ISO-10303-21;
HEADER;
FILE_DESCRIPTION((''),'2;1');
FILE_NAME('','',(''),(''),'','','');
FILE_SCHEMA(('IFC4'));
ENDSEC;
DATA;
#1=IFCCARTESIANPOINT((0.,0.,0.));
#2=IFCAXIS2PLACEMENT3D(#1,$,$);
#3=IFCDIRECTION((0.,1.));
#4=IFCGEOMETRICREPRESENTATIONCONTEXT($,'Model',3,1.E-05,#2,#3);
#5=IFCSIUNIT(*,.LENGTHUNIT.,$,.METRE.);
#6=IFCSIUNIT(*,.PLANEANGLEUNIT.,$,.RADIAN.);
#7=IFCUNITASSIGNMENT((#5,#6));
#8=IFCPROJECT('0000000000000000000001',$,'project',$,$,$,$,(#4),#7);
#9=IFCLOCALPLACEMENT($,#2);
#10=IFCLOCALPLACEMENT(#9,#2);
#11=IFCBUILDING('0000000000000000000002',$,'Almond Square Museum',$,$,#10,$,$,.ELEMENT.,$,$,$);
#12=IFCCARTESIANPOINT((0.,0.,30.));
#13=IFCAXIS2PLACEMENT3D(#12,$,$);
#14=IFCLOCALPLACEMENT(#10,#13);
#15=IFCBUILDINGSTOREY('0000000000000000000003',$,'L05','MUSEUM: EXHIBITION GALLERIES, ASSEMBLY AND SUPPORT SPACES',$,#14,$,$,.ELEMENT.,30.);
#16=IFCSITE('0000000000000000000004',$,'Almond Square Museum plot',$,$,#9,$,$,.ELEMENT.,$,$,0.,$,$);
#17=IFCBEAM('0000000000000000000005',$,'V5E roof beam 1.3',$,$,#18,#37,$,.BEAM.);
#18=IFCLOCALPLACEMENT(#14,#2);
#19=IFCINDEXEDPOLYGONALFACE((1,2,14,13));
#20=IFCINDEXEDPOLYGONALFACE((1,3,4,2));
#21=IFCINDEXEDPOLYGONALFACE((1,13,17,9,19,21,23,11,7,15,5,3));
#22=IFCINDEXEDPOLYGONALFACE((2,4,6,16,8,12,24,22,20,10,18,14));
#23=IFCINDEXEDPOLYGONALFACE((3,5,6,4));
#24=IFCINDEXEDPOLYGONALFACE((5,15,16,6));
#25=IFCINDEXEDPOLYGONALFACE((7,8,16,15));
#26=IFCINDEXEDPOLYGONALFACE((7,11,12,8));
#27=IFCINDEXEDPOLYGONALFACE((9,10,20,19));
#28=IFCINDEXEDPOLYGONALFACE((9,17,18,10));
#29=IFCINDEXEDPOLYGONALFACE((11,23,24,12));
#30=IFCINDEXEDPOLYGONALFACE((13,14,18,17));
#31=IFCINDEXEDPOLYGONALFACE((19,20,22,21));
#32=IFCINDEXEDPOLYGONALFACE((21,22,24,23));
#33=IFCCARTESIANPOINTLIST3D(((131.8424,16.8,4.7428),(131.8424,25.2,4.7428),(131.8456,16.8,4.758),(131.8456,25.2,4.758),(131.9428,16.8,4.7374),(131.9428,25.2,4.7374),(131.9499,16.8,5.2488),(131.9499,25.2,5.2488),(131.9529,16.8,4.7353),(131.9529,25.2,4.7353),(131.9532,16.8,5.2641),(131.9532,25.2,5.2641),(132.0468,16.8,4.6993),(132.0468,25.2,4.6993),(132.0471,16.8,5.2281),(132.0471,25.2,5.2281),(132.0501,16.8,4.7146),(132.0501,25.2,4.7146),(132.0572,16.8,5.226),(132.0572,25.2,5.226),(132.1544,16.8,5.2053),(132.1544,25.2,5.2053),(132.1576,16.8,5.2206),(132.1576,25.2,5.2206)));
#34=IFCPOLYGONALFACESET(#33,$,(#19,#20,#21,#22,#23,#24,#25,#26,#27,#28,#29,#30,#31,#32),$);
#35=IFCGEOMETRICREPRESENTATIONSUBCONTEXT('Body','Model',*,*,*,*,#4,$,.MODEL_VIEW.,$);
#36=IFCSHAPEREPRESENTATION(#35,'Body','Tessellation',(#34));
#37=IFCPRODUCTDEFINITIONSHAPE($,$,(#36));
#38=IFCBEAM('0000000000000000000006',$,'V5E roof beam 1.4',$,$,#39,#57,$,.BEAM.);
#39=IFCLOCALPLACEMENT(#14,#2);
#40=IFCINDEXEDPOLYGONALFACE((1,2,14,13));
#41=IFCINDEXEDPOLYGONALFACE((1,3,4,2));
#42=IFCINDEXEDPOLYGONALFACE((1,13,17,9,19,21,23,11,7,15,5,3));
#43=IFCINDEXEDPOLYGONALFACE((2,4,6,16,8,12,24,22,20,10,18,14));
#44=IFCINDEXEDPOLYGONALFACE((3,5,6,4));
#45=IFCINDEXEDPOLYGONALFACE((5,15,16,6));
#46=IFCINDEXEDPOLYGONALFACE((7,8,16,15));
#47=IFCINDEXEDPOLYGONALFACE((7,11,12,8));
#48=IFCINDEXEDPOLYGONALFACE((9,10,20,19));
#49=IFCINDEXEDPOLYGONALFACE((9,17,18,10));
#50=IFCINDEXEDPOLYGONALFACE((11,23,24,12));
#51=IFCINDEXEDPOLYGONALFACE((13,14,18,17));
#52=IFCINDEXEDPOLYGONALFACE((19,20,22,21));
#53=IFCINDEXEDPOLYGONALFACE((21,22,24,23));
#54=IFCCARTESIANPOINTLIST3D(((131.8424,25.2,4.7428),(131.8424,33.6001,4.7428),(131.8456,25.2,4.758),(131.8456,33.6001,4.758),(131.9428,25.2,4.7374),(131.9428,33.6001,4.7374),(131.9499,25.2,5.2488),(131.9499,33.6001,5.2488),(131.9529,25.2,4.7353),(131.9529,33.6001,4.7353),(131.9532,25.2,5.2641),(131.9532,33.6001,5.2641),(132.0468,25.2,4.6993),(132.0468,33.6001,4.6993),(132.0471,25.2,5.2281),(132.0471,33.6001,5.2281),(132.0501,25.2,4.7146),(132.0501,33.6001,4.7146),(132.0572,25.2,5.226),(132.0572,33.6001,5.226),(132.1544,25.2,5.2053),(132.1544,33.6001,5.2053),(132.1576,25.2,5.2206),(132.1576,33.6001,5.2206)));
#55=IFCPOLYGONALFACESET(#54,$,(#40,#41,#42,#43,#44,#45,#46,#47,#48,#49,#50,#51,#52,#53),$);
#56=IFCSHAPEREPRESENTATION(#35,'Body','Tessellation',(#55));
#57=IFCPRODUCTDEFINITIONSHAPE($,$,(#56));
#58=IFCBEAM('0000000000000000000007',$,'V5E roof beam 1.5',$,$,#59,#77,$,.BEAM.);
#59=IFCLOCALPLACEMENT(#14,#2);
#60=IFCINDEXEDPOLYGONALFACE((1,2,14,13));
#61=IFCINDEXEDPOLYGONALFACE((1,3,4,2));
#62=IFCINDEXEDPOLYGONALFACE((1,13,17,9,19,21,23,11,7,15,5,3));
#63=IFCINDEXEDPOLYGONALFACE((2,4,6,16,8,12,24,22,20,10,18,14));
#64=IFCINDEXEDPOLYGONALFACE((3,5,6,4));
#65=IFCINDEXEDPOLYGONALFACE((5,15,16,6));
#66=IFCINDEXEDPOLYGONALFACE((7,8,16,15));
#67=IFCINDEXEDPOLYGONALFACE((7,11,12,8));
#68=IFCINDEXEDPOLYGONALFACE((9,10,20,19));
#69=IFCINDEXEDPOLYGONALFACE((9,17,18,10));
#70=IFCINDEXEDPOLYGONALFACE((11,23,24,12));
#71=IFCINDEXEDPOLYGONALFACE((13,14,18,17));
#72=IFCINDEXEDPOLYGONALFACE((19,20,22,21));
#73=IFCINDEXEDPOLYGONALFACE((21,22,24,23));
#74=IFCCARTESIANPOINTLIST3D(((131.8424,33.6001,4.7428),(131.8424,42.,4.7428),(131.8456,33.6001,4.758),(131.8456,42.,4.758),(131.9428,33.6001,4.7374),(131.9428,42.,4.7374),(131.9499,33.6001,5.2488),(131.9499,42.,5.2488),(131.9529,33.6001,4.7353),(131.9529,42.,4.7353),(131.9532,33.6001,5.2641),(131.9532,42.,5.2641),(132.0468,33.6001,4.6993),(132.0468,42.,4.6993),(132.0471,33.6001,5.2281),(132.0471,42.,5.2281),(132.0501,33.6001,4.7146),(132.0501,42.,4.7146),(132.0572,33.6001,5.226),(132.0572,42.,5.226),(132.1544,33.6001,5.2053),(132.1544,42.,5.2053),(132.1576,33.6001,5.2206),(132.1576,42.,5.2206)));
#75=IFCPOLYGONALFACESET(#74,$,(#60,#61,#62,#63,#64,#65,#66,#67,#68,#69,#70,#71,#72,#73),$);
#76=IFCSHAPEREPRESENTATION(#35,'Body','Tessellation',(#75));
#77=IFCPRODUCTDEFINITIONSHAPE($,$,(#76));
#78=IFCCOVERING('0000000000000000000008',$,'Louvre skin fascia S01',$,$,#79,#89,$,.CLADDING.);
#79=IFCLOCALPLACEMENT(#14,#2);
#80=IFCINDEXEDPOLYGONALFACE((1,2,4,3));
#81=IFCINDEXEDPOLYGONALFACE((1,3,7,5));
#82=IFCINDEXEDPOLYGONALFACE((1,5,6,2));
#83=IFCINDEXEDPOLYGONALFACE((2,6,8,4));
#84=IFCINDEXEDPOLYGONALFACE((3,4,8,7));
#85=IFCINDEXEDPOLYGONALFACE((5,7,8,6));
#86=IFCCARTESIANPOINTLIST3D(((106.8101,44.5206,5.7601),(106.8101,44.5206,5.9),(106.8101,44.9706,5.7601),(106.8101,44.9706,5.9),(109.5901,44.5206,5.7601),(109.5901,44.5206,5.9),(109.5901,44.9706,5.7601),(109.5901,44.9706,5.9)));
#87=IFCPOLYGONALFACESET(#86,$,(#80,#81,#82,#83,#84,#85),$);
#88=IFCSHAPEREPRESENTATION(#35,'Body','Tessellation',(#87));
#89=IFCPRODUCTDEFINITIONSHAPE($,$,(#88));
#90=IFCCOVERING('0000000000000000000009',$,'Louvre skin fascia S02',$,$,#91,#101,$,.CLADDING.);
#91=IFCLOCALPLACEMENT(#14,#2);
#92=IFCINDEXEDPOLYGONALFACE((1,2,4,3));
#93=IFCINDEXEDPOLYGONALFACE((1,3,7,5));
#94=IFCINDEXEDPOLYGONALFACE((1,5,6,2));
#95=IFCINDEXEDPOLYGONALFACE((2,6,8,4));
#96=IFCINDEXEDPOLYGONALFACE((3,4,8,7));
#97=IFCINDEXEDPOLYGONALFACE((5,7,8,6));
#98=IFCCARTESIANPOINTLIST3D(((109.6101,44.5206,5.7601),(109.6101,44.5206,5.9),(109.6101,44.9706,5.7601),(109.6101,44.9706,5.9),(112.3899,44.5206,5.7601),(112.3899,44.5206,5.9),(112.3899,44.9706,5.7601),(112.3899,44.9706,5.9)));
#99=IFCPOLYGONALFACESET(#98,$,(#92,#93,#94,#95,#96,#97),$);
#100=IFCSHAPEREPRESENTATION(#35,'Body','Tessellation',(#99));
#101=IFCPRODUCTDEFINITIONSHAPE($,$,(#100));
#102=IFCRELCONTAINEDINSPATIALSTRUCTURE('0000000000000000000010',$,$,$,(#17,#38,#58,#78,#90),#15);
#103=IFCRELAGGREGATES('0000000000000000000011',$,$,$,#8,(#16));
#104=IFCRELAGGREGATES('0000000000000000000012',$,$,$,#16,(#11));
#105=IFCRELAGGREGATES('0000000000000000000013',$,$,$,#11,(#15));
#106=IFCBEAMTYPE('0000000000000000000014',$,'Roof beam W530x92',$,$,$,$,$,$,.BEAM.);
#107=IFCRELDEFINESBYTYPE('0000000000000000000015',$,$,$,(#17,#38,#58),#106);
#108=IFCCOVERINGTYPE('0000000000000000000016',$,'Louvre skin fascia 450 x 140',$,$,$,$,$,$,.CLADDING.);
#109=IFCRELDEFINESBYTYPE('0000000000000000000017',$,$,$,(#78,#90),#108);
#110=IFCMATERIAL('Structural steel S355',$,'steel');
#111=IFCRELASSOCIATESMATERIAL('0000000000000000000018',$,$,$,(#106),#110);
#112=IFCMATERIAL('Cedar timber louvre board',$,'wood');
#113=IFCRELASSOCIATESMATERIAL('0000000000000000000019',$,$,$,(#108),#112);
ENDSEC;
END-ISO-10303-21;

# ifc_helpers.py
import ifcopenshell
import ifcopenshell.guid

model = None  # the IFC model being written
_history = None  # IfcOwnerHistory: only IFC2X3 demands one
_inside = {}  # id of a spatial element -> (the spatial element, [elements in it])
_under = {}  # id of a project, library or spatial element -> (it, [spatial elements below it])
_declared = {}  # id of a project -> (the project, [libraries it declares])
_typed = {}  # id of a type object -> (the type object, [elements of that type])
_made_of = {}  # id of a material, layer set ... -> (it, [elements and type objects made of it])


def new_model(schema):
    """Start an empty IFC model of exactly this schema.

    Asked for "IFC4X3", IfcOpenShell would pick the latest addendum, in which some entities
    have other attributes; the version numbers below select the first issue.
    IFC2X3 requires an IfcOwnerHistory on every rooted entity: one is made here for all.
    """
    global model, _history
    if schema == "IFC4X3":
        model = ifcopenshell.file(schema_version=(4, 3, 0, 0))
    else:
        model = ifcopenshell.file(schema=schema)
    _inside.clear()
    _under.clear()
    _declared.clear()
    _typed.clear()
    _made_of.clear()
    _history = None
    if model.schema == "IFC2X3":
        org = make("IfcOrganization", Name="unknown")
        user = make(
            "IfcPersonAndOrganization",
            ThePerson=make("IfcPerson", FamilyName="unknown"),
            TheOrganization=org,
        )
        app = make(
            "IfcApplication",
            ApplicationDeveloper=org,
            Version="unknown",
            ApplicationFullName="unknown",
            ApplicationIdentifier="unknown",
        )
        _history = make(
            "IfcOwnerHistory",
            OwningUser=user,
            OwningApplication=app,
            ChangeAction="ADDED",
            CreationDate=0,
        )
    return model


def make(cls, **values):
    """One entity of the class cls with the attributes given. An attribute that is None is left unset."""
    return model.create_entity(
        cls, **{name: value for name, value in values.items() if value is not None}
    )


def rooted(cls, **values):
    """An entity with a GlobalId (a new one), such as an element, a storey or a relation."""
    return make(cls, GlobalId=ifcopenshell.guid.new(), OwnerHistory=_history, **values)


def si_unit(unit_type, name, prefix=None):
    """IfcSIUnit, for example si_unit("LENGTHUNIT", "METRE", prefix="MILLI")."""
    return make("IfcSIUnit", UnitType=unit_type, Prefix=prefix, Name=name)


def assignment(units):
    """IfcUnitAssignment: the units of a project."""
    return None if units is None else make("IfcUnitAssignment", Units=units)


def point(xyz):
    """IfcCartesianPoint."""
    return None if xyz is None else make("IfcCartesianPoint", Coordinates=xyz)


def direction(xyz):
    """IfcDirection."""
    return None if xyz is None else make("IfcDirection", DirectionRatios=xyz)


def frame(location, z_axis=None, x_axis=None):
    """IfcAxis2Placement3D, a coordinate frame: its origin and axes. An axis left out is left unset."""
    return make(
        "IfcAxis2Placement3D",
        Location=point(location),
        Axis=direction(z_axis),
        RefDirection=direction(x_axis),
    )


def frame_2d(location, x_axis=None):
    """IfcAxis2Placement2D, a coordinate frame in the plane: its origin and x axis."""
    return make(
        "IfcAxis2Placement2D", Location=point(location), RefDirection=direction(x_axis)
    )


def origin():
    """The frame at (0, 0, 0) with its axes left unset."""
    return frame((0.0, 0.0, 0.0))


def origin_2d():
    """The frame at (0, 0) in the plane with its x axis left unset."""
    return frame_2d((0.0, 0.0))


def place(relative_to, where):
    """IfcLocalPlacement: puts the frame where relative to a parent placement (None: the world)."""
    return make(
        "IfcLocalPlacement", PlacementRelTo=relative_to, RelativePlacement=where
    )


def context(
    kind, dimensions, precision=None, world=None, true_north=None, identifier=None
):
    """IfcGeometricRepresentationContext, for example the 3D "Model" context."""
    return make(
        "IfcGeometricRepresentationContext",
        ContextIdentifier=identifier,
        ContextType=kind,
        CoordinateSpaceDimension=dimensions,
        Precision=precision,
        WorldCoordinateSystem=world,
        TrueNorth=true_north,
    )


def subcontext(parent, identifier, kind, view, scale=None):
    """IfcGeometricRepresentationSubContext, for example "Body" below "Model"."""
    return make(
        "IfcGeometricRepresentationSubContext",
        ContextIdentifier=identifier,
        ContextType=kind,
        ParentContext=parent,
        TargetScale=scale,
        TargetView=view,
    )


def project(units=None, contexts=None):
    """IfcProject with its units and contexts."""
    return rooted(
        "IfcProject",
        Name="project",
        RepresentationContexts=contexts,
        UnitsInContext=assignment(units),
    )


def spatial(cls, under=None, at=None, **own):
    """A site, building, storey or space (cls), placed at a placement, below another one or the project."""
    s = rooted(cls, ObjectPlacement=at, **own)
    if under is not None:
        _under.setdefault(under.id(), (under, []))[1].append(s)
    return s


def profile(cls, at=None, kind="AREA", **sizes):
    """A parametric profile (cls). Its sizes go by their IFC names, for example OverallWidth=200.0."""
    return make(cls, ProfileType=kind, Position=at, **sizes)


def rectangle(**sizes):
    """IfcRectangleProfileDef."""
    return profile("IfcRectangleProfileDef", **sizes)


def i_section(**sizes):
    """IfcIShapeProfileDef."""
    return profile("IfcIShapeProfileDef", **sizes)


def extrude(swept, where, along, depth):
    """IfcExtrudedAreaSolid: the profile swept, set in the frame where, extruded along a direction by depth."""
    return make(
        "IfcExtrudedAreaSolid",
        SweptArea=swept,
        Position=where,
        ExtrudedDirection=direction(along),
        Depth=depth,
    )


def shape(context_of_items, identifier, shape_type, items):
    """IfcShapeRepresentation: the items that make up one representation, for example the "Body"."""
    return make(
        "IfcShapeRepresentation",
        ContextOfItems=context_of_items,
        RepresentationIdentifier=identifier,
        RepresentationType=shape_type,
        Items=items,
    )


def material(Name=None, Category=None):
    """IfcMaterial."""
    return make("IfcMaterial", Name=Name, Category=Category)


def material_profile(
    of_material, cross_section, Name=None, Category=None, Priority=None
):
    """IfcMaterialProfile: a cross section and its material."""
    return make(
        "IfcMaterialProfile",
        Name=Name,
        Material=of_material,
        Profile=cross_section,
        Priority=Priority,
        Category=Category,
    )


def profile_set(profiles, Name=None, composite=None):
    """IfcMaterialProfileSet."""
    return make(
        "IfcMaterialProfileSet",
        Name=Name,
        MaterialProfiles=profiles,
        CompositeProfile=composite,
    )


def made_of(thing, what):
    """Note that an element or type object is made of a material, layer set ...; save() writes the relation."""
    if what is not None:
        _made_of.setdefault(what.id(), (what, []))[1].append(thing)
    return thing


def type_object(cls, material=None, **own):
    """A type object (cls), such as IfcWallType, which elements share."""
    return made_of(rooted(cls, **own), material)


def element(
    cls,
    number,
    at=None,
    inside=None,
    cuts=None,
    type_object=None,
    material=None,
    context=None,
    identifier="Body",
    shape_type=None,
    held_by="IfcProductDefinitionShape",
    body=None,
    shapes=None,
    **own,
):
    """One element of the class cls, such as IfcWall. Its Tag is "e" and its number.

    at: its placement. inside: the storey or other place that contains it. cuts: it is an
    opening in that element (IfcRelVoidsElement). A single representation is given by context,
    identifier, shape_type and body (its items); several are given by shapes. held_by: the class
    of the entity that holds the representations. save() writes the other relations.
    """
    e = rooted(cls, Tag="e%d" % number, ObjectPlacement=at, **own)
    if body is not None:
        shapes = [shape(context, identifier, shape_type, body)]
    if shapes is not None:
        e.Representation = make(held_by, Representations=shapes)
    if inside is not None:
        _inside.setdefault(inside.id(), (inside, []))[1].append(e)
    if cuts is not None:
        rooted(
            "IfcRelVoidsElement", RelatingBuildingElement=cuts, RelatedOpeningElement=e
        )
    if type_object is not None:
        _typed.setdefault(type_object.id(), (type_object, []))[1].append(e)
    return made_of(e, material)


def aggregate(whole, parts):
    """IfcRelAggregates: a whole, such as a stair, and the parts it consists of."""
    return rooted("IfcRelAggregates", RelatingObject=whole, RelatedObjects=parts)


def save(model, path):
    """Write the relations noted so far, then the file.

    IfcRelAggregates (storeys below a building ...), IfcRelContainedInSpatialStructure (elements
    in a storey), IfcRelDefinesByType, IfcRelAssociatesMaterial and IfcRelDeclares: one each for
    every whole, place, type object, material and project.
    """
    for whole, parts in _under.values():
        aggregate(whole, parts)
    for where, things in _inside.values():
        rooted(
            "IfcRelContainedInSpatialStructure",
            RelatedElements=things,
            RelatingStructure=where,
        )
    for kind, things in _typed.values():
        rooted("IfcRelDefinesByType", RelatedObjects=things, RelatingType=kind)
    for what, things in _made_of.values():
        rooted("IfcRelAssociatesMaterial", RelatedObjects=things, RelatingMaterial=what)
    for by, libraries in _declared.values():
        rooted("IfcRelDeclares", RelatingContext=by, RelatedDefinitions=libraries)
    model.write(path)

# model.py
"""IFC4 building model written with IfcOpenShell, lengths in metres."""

from ifc_helpers import new_model, si_unit, direction, frame, origin, origin_2d, place, context, subcontext, project, spatial, rectangle, i_section, extrude, material, material_profile, profile_set, type_object, element, save


model = new_model("IFC4")

# Units and contexts
model_context = context("Model", 3, precision=1e-05, world=origin(), true_north=direction((0.0, 1.0)))
body_context = subcontext(model_context, "Body", "Model", "MODEL_VIEW")
ifc_project = project(units=[si_unit("LENGTHUNIT", "METRE"), si_unit("PLANEANGLEUNIT", "RADIAN")], contexts=[model_context])

# Site, building, storey
site_placement = place(None, origin())
site = spatial("IfcSite", under=ifc_project, at=site_placement, Name="Almond Square Museum plot", CompositionType="ELEMENT", RefElevation=0.0)
building_placement = place(site_placement, origin())
building = spatial("IfcBuilding", under=site, at=building_placement, Name="Almond Square Museum", CompositionType="ELEMENT")
storey_placement = place(building_placement, frame((0.0, 0.0, 30.0)))
storey = spatial("IfcBuildingStorey", under=building, at=storey_placement, Name="L05", Description="MUSEUM: EXHIBITION GALLERIES, ASSEMBLY AND SUPPORT SPACES", CompositionType="ELEMENT", Elevation=30.0)

# Beams
ifc_material_1 = material(Name="Structural steel S355", Category="steel")
ifc_material_profile_1 = material_profile(ifc_material_1, i_section(OverallWidth=0.209, OverallDepth=0.533, WebThickness=0.0103, FlangeThickness=0.0156, at=origin_2d()))
ifc_profile_set_1 = profile_set([ifc_material_profile_1], Name="Structural steel S355")
beam_type = type_object("IfcBeamType", Name="Roof beam W530x92", PredefinedType="BEAM", material=ifc_profile_set_1)
beam_1_placement = place(storey_placement, frame((132.0, 16.8, 4.9817), z_axis=(0.0, 1.0, 0.0), x_axis=(-0.978148, 0.0, 0.207912)))
element("IfcBeam", 1, at=beam_1_placement, inside=storey, type_object=beam_type, Name="V5E roof beam 1.3", PredefinedType="BEAM", context=body_context, shape_type="SweptSolid", body=[
    extrude(i_section(OverallWidth=0.209, OverallDepth=0.533, WebThickness=0.0103, FlangeThickness=0.0156, at=origin_2d()), origin(), (0.0, 0.0, 1.0), 8.3999),
])
beam_2_placement = place(storey_placement, frame((132.0, 25.2, 4.9817), z_axis=(0.0, 1.0, 0.0), x_axis=(-0.978148, 0.0, 0.207912)))
element("IfcBeam", 2, at=beam_2_placement, inside=storey, type_object=beam_type, Name="V5E roof beam 1.4", PredefinedType="BEAM", context=body_context, shape_type="SweptSolid", body=[
    extrude(i_section(OverallWidth=0.209, OverallDepth=0.533, WebThickness=0.0103, FlangeThickness=0.0156, at=origin_2d()), origin(), (0.0, 0.0, 1.0), 8.4001),
])
beam_3_placement = place(storey_placement, frame((132.0, 33.6001, 4.9817), z_axis=(0.0, 1.0, 0.0), x_axis=(-0.978148, 0.0, 0.207912)))
element("IfcBeam", 3, at=beam_3_placement, inside=storey, type_object=beam_type, Name="V5E roof beam 1.5", PredefinedType="BEAM", context=body_context, shape_type="SweptSolid", body=[
    extrude(i_section(OverallWidth=0.209, OverallDepth=0.533, WebThickness=0.0103, FlangeThickness=0.0156, at=origin_2d()), origin(), (0.0, 0.0, 1.0), 8.3999),
])

# Coverings
ifc_material_2 = material(Name="Cedar timber louvre board", Category="wood")
ifc_material_profile_2 = material_profile(ifc_material_2, rectangle(XDim=0.45, YDim=0.1399, at=origin_2d()))
ifc_profile_set_2 = profile_set([ifc_material_profile_2], Name="Cedar timber louvre board")
covering_type = type_object("IfcCoveringType", Name="Louvre skin fascia 450 x 140", PredefinedType="CLADDING", material=ifc_profile_set_2)
covering_1_placement = place(storey_placement, frame((106.8101, 44.7456, 5.8301), z_axis=(1.0, 0.0, 0.0), x_axis=(0.0, 1.0, 0.0)))
element("IfcCovering", 4, at=covering_1_placement, inside=storey, type_object=covering_type, Name="Louvre skin fascia S01", PredefinedType="CLADDING", context=body_context, shape_type="SweptSolid", body=[
    extrude(rectangle(XDim=0.45, YDim=0.1399, at=origin_2d()), origin(), (0.0, 0.0, 1.0), 2.78),
])
covering_2_placement = place(storey_placement, frame((109.6101, 44.7456, 5.8301), z_axis=(1.0, 0.0, 0.0), x_axis=(0.0, 1.0, 0.0)))
element("IfcCovering", 5, at=covering_2_placement, inside=storey, type_object=covering_type, Name="Louvre skin fascia S02", PredefinedType="CLADDING", context=body_context, shape_type="SweptSolid", body=[
    extrude(rectangle(XDim=0.45, YDim=0.1399, at=origin_2d()), origin(), (0.0, 0.0, 1.0), 2.7798),
])

save(model, "model.ifc")
